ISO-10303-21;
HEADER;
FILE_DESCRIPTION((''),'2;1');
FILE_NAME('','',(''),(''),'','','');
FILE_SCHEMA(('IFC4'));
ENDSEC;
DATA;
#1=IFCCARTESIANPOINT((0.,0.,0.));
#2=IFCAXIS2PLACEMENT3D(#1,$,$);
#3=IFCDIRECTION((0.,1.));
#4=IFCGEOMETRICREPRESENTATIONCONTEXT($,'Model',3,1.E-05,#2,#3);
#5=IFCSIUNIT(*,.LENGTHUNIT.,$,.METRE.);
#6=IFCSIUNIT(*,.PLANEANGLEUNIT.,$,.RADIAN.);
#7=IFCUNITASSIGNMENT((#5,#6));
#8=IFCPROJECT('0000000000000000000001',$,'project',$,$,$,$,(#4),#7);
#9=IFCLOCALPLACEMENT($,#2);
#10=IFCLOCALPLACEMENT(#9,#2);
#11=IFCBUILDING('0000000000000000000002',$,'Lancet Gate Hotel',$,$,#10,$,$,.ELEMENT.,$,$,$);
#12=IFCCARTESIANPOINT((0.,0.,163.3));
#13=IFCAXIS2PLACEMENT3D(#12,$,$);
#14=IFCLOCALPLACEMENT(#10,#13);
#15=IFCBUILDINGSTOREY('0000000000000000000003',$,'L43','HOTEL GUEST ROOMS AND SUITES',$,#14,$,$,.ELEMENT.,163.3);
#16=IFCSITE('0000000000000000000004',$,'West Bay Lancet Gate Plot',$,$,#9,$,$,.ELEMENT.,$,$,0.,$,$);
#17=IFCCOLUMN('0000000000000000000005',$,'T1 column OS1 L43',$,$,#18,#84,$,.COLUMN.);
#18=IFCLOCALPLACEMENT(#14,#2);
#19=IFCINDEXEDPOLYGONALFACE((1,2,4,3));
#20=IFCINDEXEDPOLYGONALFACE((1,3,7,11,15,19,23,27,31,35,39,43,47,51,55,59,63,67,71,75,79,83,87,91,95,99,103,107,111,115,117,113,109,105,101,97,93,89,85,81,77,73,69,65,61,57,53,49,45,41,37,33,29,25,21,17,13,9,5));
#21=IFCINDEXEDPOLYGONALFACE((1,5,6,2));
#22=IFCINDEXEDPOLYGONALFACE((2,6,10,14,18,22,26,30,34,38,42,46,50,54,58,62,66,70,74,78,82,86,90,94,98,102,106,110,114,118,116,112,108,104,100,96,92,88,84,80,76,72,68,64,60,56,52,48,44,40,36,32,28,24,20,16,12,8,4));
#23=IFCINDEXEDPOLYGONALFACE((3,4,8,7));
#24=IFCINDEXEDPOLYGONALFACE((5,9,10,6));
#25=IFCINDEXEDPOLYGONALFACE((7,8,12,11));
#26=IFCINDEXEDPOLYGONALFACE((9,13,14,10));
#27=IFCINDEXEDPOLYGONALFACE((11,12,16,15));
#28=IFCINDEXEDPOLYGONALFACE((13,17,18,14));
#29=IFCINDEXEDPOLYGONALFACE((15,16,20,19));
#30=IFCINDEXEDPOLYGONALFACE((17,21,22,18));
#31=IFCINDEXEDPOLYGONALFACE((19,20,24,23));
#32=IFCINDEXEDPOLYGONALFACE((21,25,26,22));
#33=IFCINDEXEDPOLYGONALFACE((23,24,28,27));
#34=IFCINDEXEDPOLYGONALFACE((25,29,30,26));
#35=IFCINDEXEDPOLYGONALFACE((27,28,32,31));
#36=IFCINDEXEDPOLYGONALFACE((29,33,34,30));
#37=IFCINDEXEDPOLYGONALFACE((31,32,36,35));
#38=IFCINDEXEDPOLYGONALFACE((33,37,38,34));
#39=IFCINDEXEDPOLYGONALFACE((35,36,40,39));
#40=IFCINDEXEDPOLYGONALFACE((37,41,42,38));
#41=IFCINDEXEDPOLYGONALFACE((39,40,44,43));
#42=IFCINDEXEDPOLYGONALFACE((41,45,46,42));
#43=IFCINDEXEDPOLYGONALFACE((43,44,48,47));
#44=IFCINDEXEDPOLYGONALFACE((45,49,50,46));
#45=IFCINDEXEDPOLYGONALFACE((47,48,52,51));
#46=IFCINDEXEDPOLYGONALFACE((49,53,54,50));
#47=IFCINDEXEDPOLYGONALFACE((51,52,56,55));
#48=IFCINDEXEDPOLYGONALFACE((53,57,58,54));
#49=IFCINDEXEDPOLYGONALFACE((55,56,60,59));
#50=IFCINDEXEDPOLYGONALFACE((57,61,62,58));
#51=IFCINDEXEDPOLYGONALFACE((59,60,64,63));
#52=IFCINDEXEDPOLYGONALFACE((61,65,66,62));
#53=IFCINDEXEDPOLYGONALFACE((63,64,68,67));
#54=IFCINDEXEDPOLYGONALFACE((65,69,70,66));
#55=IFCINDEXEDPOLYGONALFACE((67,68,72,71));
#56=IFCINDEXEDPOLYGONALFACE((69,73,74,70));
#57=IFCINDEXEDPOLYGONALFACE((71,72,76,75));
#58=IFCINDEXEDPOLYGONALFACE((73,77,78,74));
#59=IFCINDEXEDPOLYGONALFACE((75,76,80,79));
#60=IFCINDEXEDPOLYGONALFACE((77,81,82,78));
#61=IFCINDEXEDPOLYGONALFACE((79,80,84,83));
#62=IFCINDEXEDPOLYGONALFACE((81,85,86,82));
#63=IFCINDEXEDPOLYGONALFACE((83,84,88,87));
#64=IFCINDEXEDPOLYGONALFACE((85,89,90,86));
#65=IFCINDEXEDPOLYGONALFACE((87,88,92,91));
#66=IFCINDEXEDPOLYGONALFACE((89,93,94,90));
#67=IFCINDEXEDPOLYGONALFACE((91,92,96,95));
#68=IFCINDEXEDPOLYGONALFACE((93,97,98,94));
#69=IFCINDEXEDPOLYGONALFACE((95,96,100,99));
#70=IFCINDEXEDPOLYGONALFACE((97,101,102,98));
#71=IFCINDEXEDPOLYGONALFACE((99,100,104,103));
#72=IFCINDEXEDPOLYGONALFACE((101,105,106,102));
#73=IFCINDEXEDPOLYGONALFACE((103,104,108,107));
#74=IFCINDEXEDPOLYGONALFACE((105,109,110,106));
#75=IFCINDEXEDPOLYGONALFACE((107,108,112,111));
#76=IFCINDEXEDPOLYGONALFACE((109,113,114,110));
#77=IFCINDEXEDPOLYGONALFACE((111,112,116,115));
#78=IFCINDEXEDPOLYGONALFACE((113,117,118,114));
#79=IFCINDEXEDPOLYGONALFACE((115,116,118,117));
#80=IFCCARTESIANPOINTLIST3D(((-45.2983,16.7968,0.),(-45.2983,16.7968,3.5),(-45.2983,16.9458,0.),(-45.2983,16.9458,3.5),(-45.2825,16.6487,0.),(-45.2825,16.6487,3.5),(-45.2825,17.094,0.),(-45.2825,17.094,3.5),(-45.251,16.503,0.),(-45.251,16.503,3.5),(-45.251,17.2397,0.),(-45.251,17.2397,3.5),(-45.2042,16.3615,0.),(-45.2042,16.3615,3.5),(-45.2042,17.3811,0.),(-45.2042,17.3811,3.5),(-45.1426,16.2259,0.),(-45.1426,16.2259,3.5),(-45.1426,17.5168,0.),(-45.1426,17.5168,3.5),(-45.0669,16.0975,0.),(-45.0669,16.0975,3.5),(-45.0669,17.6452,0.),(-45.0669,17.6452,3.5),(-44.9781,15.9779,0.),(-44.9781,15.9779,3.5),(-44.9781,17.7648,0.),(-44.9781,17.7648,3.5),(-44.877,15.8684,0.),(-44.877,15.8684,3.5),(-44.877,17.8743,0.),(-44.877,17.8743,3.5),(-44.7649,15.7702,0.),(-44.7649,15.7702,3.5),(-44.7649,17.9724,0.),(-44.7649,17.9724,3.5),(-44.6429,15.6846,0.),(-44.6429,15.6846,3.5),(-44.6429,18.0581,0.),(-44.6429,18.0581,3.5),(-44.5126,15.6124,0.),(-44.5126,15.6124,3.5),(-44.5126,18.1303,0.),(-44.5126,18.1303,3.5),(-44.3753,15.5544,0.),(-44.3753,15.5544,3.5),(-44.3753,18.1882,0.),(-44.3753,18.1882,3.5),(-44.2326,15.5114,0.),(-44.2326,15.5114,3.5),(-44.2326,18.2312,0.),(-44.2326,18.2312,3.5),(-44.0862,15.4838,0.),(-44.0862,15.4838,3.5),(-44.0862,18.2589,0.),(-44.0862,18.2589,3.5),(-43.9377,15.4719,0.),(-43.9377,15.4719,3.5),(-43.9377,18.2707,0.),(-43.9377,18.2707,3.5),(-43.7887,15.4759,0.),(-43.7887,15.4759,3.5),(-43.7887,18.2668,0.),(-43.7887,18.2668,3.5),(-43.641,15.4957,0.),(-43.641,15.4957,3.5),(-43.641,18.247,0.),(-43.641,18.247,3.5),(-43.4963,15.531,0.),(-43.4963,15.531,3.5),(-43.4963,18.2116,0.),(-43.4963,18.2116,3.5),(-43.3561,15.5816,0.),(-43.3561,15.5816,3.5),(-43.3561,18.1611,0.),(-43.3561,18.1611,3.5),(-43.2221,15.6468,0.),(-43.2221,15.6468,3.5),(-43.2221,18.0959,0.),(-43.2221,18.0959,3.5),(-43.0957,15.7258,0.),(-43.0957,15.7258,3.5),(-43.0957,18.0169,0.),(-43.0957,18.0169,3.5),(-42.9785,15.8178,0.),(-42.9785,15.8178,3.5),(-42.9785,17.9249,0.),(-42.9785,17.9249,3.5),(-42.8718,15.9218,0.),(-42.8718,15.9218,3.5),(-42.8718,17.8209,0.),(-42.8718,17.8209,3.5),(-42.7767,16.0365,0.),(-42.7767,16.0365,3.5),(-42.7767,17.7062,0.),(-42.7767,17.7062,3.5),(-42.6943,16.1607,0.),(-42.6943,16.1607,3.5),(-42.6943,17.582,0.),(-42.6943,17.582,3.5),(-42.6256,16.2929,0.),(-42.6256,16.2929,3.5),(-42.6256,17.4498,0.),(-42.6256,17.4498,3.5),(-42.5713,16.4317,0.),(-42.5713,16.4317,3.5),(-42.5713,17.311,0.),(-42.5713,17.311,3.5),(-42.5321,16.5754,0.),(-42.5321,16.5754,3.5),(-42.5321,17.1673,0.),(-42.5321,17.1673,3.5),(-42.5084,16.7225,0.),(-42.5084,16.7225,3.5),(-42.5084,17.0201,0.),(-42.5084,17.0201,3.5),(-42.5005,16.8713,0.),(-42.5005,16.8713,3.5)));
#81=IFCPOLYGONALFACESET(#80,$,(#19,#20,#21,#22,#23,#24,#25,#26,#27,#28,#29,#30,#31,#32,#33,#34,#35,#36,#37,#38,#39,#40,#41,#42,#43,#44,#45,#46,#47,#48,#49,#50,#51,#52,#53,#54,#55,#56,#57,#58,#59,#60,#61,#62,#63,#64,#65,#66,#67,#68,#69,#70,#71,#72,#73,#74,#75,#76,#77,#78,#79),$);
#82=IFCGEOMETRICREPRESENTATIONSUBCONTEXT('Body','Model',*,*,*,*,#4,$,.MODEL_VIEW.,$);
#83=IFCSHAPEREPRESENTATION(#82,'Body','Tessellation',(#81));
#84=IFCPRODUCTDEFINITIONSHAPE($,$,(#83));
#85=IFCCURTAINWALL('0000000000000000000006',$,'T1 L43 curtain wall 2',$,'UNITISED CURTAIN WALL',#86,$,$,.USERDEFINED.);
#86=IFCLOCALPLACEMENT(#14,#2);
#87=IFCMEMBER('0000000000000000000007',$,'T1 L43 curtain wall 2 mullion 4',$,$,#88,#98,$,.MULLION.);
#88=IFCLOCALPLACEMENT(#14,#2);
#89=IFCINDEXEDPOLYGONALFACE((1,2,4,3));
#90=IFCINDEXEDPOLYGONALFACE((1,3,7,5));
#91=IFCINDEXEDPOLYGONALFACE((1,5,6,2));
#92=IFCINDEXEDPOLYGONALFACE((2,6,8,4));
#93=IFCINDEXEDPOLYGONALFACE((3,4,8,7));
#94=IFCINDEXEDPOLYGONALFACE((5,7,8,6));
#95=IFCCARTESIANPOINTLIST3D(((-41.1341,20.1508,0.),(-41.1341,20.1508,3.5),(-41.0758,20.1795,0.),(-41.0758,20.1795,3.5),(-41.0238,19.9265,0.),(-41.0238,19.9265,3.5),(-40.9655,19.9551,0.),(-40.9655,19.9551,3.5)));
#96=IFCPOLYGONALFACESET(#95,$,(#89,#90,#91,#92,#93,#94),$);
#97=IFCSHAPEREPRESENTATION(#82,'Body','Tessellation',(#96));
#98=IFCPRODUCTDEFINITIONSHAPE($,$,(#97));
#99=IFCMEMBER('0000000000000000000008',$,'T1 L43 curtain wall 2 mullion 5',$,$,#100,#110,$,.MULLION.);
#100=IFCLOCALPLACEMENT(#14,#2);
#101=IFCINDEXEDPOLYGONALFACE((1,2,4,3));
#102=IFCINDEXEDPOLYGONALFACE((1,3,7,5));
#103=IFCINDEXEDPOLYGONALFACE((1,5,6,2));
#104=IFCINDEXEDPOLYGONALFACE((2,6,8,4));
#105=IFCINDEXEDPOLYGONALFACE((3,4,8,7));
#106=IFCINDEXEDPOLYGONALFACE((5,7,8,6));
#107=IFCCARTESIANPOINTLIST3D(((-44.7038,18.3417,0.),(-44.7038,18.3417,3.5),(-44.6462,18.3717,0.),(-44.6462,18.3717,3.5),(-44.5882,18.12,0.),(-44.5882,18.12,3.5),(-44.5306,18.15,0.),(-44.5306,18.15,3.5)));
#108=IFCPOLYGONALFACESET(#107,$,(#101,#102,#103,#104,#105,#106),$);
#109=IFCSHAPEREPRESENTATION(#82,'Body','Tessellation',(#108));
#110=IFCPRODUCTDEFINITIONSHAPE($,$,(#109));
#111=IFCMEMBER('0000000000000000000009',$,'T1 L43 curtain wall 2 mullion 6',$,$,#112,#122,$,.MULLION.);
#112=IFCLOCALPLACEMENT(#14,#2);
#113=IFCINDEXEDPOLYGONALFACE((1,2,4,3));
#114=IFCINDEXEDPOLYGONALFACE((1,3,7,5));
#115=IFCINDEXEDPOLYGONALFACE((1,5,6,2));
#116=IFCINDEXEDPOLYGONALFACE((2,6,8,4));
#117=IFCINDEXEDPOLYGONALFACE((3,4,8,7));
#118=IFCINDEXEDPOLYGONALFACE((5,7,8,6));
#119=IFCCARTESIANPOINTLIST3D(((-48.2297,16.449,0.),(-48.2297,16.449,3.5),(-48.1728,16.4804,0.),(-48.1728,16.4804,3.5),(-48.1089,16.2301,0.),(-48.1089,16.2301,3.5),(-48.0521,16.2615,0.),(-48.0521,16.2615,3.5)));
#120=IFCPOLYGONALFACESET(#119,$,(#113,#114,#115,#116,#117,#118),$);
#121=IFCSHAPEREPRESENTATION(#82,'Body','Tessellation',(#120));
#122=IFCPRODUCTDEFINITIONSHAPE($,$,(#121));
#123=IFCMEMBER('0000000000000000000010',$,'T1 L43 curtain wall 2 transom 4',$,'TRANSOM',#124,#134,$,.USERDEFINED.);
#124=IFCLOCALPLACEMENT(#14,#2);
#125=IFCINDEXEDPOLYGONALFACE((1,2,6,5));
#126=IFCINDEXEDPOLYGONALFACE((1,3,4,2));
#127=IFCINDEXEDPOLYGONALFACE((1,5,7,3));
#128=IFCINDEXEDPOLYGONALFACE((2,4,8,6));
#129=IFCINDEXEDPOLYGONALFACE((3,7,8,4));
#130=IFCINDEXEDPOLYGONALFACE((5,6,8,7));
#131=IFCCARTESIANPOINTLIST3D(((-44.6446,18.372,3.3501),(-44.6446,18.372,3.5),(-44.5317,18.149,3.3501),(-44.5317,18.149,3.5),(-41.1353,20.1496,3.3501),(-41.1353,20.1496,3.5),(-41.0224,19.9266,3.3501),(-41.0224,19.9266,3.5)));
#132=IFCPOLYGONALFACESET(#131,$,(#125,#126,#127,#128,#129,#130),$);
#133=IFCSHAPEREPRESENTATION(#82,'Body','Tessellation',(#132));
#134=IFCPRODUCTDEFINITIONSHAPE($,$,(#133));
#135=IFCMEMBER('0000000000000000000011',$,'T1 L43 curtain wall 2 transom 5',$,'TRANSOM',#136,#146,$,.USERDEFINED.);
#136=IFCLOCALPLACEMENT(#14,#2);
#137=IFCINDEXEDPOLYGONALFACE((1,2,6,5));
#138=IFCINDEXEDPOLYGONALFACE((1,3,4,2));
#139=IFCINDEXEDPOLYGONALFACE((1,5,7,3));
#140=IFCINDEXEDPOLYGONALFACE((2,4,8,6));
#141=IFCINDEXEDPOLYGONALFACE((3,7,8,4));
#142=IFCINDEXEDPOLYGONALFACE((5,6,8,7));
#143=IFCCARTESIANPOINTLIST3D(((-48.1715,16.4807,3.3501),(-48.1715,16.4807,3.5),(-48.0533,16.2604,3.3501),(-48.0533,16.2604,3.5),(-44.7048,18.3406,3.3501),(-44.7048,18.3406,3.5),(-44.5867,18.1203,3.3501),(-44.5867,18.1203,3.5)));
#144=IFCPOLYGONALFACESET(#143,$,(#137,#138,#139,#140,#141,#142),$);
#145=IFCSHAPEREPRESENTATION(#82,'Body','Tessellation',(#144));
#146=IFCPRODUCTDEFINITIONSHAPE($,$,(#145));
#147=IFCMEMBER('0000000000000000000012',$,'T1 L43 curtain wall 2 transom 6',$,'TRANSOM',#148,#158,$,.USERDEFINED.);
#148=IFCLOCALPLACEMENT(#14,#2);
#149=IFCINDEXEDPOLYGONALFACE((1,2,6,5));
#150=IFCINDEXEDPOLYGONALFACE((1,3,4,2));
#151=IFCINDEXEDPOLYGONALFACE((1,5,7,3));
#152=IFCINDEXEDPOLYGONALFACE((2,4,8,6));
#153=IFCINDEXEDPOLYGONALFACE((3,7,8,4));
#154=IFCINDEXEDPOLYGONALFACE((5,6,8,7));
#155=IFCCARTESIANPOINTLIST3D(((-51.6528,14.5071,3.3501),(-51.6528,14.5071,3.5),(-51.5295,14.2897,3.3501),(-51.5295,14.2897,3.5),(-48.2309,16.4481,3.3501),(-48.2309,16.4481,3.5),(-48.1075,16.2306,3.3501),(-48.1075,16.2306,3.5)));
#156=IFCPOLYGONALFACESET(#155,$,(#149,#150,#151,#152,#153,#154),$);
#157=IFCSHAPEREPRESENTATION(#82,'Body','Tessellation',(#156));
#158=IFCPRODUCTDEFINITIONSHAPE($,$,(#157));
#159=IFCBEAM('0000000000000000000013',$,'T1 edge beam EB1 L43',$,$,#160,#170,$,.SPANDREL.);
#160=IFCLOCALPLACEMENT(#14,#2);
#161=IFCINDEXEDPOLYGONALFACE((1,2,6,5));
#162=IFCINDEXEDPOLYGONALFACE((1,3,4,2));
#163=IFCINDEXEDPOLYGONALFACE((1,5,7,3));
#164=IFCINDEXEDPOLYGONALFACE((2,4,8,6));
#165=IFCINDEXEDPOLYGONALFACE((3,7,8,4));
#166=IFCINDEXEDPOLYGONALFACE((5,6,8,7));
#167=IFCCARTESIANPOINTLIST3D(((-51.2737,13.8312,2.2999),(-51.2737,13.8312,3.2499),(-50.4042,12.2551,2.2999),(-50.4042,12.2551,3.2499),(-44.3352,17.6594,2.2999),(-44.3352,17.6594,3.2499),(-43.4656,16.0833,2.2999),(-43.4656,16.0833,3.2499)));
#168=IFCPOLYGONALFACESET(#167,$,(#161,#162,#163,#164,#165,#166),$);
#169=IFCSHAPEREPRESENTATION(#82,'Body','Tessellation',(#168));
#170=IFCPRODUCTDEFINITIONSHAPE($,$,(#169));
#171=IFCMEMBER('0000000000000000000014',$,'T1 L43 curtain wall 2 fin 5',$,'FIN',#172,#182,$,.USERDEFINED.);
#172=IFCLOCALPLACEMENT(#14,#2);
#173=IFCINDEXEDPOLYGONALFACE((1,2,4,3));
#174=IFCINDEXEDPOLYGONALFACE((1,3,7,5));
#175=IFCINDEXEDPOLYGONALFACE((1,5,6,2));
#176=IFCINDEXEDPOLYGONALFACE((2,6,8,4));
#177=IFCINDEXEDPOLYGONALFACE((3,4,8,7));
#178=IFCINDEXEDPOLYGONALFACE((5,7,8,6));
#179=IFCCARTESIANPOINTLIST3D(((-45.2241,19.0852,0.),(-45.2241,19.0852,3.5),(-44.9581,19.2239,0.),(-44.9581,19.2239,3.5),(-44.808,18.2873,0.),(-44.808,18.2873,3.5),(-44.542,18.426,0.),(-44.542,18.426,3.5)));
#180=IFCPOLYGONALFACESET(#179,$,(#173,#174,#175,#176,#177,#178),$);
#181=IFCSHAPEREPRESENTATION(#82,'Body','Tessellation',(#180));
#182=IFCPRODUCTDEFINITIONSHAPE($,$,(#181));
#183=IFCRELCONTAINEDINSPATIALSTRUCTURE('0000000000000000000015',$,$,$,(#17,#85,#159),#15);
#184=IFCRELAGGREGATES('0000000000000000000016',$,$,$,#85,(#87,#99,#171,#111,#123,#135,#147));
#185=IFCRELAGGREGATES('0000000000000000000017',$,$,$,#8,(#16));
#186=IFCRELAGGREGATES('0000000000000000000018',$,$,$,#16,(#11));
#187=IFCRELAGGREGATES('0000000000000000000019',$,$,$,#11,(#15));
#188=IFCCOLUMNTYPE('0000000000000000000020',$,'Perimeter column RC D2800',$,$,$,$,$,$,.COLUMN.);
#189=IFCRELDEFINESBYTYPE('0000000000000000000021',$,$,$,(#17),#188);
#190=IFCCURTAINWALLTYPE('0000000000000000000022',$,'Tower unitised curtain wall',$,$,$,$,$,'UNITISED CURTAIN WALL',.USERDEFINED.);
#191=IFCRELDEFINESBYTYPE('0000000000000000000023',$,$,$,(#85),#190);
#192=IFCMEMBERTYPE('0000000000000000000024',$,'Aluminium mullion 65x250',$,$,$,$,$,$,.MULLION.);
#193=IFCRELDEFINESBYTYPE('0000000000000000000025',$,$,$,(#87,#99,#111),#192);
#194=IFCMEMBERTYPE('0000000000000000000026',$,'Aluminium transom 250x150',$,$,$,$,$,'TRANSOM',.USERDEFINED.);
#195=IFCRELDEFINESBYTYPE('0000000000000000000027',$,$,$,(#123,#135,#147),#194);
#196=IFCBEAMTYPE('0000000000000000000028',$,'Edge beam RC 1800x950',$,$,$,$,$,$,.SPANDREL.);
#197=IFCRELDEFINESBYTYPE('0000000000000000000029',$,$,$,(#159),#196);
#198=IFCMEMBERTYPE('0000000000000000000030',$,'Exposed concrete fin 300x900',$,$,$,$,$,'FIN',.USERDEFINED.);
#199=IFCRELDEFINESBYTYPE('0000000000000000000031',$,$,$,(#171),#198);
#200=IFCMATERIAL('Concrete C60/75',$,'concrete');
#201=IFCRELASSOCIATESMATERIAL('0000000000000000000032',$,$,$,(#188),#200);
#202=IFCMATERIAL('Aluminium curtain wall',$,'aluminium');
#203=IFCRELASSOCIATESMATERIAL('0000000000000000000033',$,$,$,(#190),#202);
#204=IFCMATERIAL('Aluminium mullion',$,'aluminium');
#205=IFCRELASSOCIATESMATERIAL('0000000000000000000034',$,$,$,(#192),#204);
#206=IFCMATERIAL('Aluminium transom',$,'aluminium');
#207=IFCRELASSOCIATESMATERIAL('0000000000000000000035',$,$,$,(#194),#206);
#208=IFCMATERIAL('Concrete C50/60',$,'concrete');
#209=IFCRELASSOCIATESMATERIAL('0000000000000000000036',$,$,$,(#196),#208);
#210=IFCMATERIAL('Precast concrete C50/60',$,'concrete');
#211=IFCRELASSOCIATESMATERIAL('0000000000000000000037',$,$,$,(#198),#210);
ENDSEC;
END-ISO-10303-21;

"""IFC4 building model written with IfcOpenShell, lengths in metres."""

from ifc_helpers import new_model, si_unit, direction, frame, origin, origin_2d, place, context, subcontext, project, spatial, rectangle, circle, extrude, material, material_profile, profile_set, type_object, element, aggregate, save


model = new_model("IFC4")

# Units and contexts
model_context = context("Model", 3, precision=1e-05, world=origin(), true_north=direction((0.0, 1.0)))
body_context = subcontext(model_context, "Body", "Model", "MODEL_VIEW")
ifc_project = project(units=[si_unit("LENGTHUNIT", "METRE"), si_unit("PLANEANGLEUNIT", "RADIAN")], contexts=[model_context])

# Site, building, storey
site_placement = place(None, origin())
site = spatial("IfcSite", under=ifc_project, at=site_placement, Name="West Bay Lancet Gate Plot", CompositionType="ELEMENT", RefElevation=0.0)
building_placement = place(site_placement, origin())
building = spatial("IfcBuilding", under=site, at=building_placement, Name="Lancet Gate Hotel", CompositionType="ELEMENT")
storey_placement = place(building_placement, frame((0.0, 0.0, 163.3)))
storey = spatial("IfcBuildingStorey", under=building, at=storey_placement, Name="L43", Description="HOTEL GUEST ROOMS AND SUITES", CompositionType="ELEMENT", Elevation=163.3)

# Column
ifc_material_1 = material(Name="Concrete C60/75", Category="concrete")
ifc_material_profile_1 = material_profile(ifc_material_1, circle(Radius=1.3999, at=origin_2d()), Name="RC D2800")
ifc_profile_set_1 = profile_set([ifc_material_profile_1], Name="Concrete C60/75")
column_type = type_object("IfcColumnType", Name="Perimeter column RC D2800", PredefinedType="COLUMN", material=ifc_profile_set_1)
column_placement = place(storey_placement, frame((-43.9004, 16.8713, 0.0), z_axis=(0.0, 0.0, 1.0), x_axis=(1.0, 0.0, 0.0)))
element("IfcColumn", 1, at=column_placement, inside=storey, type_object=column_type, Name="T1 column OS1 L43", PredefinedType="COLUMN", context=body_context, shape_type="SweptSolid", body=[
    extrude(circle(Radius=1.3999, at=origin_2d()), origin(), (0.0, 0.0, 1.0), 3.5),
])

# Curtain wall, members
ifc_material_2 = material(Name="Aluminium curtain wall", Category="aluminium")
curtain_wall_type = type_object("IfcCurtainWallType", Name="Tower unitised curtain wall", ElementType="UNITISED CURTAIN WALL", PredefinedType="USERDEFINED", material=ifc_material_2)
curtain_wall_placement = place(storey_placement, origin())
curtain_wall = element("IfcCurtainWall", 2, at=curtain_wall_placement, inside=storey, type_object=curtain_wall_type, Name="T1 L43 curtain wall 2", ObjectType="UNITISED CURTAIN WALL", PredefinedType="USERDEFINED")
ifc_material_3 = material(Name="Aluminium mullion", Category="aluminium")
ifc_material_profile_2 = material_profile(ifc_material_3, rectangle(XDim=0.0649, YDim=0.25, at=origin_2d()), Name="MULLION 65x250")
ifc_profile_set_2 = profile_set([ifc_material_profile_2], Name="Aluminium mullion")
member_type_1 = type_object("IfcMemberType", Name="Aluminium mullion 65x250", PredefinedType="MULLION", material=ifc_profile_set_2)
member_1_placement = place(storey_placement, frame((-41.0498, 20.053, 0.0), z_axis=(0.0, 0.0, 1.0), x_axis=(-0.897324, -0.441372, 0.0)))
member_1 = element("IfcMember", 3, at=member_1_placement, type_object=member_type_1, Name="T1 L43 curtain wall 2 mullion 4", PredefinedType="MULLION", context=body_context, shape_type="SweptSolid", body=[
    extrude(rectangle(XDim=0.0649, YDim=0.25, at=origin_2d()), origin(), (0.0, 0.0, 1.0), 3.5),
])
member_2_placement = place(storey_placement, frame((-44.6172, 18.2458, 0.0), z_axis=(0.0, 0.0, 1.0), x_axis=(-0.886694, -0.462356, 0.0)))
member_2 = element("IfcMember", 4, at=member_2_placement, type_object=member_type_1, Name="T1 L43 curtain wall 2 mullion 5", PredefinedType="MULLION", context=body_context, shape_type="SweptSolid", body=[
    extrude(rectangle(XDim=0.0649, YDim=0.25, at=origin_2d()), origin(), (0.0, 0.0, 1.0), 3.5),
])
member_3_placement = place(storey_placement, frame((-48.1409, 16.3552, 0.0), z_axis=(0.0, 0.0, 1.0), x_axis=(-0.875574, -0.483084, 0.0)))
member_3 = element("IfcMember", 5, at=member_3_placement, type_object=member_type_1, Name="T1 L43 curtain wall 2 mullion 6", PredefinedType="MULLION", context=body_context, shape_type="SweptSolid", body=[
    extrude(rectangle(XDim=0.0649, YDim=0.25, at=origin_2d()), origin(), (0.0, 0.0, 1.0), 3.5),
])
ifc_material_4 = material(Name="Aluminium transom", Category="aluminium")
ifc_material_profile_3 = material_profile(ifc_material_4, rectangle(XDim=0.25, YDim=0.1499, at=origin_2d()), Name="TRANSOM 250x150")
ifc_profile_set_3 = profile_set([ifc_material_profile_3], Name="Aluminium transom")
member_type_2 = type_object("IfcMemberType", Name="Aluminium transom 250x150", ElementType="TRANSOM", PredefinedType="USERDEFINED", material=ifc_profile_set_3)
member_4_placement = place(storey_placement, frame((-41.0789, 20.0381, 3.425), z_axis=(-0.892081, -0.451875, 0.0), x_axis=(0.451875, -0.892081, 0.0)))
member_4 = element("IfcMember", 6, at=member_4_placement, type_object=member_type_2, Name="T1 L43 curtain wall 2 transom 4", ObjectType="TRANSOM", PredefinedType="USERDEFINED", context=body_context, shape_type="SweptSolid", body=[
    extrude(rectangle(XDim=0.25, YDim=0.1499, at=origin_2d()), origin(), (0.0, 0.0, 1.0), 3.9338),
])
member_5_placement = place(storey_placement, frame((-44.6458, 18.2305, 3.425), z_axis=(-0.881185, -0.472771, 0.0), x_axis=(0.472771, -0.881185, 0.0)))
member_5 = element("IfcMember", 7, at=member_5_placement, type_object=member_type_2, Name="T1 L43 curtain wall 2 transom 5", ObjectType="TRANSOM", PredefinedType="USERDEFINED", context=body_context, shape_type="SweptSolid", body=[
    extrude(rectangle(XDim=0.25, YDim=0.1499, at=origin_2d()), origin(), (0.0, 0.0, 1.0), 3.9341),
])
member_6_placement = place(storey_placement, frame((-48.1692, 16.3394, 3.425), z_axis=(-0.86982, -0.49337, 0.0), x_axis=(0.49337, -0.86982, 0.0)))
member_6 = element("IfcMember", 8, at=member_6_placement, type_object=member_type_2, Name="T1 L43 curtain wall 2 transom 6", ObjectType="TRANSOM", PredefinedType="USERDEFINED", context=body_context, shape_type="SweptSolid", body=[
    extrude(rectangle(XDim=0.25, YDim=0.1499, at=origin_2d()), origin(), (0.0, 0.0, 1.0), 3.9341),
])

# Beam
ifc_material_5 = material(Name="Concrete C50/60", Category="concrete")
ifc_material_profile_4 = material_profile(ifc_material_5, rectangle(XDim=1.8, YDim=0.95, at=origin_2d()), Name="RC 1800x950")
ifc_profile_set_4 = profile_set([ifc_material_profile_4], Name="Concrete C50/60")
beam_type_1 = type_object("IfcBeamType", Name="Edge beam RC 1800x950", PredefinedType="SPANDREL", material=ifc_profile_set_4)
beam_1_placement = place(storey_placement, frame((-43.9004, 16.8713, 2.7749), z_axis=(-0.875578, -0.483077, 0.0), x_axis=(0.483077, -0.875578, 0.0)))
element("IfcBeam", 9, at=beam_1_placement, inside=storey, type_object=beam_type_1, Name="T1 edge beam EB1 L43", PredefinedType="SPANDREL", context=body_context, shape_type="SweptSolid", body=[
    extrude(rectangle(XDim=1.8, YDim=0.95, at=origin_2d()), origin(), (0.0, 0.0, 1.0), 7.9246),
])

# Member
ifc_material_6 = material(Name="Precast concrete C50/60", Category="concrete")
ifc_material_profile_5 = material_profile(ifc_material_6, rectangle(XDim=0.3, YDim=0.8999, at=origin_2d()), Name="FIN 300x900")
ifc_profile_set_5 = profile_set([ifc_material_profile_5], Name="Precast concrete C50/60")
member_type_3 = type_object("IfcMemberType", Name="Exposed concrete fin 300x900", ElementType="FIN", PredefinedType="USERDEFINED", material=ifc_profile_set_5)
member_7_placement = place(storey_placement, frame((-44.8831, 18.7556, 0.0), z_axis=(0.0, 0.0, 1.0), x_axis=(-0.886694, -0.462356, 0.0)))
member_7 = element("IfcMember", 10, at=member_7_placement, type_object=member_type_3, Name="T1 L43 curtain wall 2 fin 5", ObjectType="FIN", PredefinedType="USERDEFINED", context=body_context, shape_type="SweptSolid", body=[
    extrude(rectangle(XDim=0.3, YDim=0.8999, at=origin_2d()), origin(), (0.0, 0.0, 1.0), 3.5),
])

aggregate(curtain_wall, [member_1, member_2, member_7, member_3, member_4, member_5, member_6])

save(model, "model.ifc")
